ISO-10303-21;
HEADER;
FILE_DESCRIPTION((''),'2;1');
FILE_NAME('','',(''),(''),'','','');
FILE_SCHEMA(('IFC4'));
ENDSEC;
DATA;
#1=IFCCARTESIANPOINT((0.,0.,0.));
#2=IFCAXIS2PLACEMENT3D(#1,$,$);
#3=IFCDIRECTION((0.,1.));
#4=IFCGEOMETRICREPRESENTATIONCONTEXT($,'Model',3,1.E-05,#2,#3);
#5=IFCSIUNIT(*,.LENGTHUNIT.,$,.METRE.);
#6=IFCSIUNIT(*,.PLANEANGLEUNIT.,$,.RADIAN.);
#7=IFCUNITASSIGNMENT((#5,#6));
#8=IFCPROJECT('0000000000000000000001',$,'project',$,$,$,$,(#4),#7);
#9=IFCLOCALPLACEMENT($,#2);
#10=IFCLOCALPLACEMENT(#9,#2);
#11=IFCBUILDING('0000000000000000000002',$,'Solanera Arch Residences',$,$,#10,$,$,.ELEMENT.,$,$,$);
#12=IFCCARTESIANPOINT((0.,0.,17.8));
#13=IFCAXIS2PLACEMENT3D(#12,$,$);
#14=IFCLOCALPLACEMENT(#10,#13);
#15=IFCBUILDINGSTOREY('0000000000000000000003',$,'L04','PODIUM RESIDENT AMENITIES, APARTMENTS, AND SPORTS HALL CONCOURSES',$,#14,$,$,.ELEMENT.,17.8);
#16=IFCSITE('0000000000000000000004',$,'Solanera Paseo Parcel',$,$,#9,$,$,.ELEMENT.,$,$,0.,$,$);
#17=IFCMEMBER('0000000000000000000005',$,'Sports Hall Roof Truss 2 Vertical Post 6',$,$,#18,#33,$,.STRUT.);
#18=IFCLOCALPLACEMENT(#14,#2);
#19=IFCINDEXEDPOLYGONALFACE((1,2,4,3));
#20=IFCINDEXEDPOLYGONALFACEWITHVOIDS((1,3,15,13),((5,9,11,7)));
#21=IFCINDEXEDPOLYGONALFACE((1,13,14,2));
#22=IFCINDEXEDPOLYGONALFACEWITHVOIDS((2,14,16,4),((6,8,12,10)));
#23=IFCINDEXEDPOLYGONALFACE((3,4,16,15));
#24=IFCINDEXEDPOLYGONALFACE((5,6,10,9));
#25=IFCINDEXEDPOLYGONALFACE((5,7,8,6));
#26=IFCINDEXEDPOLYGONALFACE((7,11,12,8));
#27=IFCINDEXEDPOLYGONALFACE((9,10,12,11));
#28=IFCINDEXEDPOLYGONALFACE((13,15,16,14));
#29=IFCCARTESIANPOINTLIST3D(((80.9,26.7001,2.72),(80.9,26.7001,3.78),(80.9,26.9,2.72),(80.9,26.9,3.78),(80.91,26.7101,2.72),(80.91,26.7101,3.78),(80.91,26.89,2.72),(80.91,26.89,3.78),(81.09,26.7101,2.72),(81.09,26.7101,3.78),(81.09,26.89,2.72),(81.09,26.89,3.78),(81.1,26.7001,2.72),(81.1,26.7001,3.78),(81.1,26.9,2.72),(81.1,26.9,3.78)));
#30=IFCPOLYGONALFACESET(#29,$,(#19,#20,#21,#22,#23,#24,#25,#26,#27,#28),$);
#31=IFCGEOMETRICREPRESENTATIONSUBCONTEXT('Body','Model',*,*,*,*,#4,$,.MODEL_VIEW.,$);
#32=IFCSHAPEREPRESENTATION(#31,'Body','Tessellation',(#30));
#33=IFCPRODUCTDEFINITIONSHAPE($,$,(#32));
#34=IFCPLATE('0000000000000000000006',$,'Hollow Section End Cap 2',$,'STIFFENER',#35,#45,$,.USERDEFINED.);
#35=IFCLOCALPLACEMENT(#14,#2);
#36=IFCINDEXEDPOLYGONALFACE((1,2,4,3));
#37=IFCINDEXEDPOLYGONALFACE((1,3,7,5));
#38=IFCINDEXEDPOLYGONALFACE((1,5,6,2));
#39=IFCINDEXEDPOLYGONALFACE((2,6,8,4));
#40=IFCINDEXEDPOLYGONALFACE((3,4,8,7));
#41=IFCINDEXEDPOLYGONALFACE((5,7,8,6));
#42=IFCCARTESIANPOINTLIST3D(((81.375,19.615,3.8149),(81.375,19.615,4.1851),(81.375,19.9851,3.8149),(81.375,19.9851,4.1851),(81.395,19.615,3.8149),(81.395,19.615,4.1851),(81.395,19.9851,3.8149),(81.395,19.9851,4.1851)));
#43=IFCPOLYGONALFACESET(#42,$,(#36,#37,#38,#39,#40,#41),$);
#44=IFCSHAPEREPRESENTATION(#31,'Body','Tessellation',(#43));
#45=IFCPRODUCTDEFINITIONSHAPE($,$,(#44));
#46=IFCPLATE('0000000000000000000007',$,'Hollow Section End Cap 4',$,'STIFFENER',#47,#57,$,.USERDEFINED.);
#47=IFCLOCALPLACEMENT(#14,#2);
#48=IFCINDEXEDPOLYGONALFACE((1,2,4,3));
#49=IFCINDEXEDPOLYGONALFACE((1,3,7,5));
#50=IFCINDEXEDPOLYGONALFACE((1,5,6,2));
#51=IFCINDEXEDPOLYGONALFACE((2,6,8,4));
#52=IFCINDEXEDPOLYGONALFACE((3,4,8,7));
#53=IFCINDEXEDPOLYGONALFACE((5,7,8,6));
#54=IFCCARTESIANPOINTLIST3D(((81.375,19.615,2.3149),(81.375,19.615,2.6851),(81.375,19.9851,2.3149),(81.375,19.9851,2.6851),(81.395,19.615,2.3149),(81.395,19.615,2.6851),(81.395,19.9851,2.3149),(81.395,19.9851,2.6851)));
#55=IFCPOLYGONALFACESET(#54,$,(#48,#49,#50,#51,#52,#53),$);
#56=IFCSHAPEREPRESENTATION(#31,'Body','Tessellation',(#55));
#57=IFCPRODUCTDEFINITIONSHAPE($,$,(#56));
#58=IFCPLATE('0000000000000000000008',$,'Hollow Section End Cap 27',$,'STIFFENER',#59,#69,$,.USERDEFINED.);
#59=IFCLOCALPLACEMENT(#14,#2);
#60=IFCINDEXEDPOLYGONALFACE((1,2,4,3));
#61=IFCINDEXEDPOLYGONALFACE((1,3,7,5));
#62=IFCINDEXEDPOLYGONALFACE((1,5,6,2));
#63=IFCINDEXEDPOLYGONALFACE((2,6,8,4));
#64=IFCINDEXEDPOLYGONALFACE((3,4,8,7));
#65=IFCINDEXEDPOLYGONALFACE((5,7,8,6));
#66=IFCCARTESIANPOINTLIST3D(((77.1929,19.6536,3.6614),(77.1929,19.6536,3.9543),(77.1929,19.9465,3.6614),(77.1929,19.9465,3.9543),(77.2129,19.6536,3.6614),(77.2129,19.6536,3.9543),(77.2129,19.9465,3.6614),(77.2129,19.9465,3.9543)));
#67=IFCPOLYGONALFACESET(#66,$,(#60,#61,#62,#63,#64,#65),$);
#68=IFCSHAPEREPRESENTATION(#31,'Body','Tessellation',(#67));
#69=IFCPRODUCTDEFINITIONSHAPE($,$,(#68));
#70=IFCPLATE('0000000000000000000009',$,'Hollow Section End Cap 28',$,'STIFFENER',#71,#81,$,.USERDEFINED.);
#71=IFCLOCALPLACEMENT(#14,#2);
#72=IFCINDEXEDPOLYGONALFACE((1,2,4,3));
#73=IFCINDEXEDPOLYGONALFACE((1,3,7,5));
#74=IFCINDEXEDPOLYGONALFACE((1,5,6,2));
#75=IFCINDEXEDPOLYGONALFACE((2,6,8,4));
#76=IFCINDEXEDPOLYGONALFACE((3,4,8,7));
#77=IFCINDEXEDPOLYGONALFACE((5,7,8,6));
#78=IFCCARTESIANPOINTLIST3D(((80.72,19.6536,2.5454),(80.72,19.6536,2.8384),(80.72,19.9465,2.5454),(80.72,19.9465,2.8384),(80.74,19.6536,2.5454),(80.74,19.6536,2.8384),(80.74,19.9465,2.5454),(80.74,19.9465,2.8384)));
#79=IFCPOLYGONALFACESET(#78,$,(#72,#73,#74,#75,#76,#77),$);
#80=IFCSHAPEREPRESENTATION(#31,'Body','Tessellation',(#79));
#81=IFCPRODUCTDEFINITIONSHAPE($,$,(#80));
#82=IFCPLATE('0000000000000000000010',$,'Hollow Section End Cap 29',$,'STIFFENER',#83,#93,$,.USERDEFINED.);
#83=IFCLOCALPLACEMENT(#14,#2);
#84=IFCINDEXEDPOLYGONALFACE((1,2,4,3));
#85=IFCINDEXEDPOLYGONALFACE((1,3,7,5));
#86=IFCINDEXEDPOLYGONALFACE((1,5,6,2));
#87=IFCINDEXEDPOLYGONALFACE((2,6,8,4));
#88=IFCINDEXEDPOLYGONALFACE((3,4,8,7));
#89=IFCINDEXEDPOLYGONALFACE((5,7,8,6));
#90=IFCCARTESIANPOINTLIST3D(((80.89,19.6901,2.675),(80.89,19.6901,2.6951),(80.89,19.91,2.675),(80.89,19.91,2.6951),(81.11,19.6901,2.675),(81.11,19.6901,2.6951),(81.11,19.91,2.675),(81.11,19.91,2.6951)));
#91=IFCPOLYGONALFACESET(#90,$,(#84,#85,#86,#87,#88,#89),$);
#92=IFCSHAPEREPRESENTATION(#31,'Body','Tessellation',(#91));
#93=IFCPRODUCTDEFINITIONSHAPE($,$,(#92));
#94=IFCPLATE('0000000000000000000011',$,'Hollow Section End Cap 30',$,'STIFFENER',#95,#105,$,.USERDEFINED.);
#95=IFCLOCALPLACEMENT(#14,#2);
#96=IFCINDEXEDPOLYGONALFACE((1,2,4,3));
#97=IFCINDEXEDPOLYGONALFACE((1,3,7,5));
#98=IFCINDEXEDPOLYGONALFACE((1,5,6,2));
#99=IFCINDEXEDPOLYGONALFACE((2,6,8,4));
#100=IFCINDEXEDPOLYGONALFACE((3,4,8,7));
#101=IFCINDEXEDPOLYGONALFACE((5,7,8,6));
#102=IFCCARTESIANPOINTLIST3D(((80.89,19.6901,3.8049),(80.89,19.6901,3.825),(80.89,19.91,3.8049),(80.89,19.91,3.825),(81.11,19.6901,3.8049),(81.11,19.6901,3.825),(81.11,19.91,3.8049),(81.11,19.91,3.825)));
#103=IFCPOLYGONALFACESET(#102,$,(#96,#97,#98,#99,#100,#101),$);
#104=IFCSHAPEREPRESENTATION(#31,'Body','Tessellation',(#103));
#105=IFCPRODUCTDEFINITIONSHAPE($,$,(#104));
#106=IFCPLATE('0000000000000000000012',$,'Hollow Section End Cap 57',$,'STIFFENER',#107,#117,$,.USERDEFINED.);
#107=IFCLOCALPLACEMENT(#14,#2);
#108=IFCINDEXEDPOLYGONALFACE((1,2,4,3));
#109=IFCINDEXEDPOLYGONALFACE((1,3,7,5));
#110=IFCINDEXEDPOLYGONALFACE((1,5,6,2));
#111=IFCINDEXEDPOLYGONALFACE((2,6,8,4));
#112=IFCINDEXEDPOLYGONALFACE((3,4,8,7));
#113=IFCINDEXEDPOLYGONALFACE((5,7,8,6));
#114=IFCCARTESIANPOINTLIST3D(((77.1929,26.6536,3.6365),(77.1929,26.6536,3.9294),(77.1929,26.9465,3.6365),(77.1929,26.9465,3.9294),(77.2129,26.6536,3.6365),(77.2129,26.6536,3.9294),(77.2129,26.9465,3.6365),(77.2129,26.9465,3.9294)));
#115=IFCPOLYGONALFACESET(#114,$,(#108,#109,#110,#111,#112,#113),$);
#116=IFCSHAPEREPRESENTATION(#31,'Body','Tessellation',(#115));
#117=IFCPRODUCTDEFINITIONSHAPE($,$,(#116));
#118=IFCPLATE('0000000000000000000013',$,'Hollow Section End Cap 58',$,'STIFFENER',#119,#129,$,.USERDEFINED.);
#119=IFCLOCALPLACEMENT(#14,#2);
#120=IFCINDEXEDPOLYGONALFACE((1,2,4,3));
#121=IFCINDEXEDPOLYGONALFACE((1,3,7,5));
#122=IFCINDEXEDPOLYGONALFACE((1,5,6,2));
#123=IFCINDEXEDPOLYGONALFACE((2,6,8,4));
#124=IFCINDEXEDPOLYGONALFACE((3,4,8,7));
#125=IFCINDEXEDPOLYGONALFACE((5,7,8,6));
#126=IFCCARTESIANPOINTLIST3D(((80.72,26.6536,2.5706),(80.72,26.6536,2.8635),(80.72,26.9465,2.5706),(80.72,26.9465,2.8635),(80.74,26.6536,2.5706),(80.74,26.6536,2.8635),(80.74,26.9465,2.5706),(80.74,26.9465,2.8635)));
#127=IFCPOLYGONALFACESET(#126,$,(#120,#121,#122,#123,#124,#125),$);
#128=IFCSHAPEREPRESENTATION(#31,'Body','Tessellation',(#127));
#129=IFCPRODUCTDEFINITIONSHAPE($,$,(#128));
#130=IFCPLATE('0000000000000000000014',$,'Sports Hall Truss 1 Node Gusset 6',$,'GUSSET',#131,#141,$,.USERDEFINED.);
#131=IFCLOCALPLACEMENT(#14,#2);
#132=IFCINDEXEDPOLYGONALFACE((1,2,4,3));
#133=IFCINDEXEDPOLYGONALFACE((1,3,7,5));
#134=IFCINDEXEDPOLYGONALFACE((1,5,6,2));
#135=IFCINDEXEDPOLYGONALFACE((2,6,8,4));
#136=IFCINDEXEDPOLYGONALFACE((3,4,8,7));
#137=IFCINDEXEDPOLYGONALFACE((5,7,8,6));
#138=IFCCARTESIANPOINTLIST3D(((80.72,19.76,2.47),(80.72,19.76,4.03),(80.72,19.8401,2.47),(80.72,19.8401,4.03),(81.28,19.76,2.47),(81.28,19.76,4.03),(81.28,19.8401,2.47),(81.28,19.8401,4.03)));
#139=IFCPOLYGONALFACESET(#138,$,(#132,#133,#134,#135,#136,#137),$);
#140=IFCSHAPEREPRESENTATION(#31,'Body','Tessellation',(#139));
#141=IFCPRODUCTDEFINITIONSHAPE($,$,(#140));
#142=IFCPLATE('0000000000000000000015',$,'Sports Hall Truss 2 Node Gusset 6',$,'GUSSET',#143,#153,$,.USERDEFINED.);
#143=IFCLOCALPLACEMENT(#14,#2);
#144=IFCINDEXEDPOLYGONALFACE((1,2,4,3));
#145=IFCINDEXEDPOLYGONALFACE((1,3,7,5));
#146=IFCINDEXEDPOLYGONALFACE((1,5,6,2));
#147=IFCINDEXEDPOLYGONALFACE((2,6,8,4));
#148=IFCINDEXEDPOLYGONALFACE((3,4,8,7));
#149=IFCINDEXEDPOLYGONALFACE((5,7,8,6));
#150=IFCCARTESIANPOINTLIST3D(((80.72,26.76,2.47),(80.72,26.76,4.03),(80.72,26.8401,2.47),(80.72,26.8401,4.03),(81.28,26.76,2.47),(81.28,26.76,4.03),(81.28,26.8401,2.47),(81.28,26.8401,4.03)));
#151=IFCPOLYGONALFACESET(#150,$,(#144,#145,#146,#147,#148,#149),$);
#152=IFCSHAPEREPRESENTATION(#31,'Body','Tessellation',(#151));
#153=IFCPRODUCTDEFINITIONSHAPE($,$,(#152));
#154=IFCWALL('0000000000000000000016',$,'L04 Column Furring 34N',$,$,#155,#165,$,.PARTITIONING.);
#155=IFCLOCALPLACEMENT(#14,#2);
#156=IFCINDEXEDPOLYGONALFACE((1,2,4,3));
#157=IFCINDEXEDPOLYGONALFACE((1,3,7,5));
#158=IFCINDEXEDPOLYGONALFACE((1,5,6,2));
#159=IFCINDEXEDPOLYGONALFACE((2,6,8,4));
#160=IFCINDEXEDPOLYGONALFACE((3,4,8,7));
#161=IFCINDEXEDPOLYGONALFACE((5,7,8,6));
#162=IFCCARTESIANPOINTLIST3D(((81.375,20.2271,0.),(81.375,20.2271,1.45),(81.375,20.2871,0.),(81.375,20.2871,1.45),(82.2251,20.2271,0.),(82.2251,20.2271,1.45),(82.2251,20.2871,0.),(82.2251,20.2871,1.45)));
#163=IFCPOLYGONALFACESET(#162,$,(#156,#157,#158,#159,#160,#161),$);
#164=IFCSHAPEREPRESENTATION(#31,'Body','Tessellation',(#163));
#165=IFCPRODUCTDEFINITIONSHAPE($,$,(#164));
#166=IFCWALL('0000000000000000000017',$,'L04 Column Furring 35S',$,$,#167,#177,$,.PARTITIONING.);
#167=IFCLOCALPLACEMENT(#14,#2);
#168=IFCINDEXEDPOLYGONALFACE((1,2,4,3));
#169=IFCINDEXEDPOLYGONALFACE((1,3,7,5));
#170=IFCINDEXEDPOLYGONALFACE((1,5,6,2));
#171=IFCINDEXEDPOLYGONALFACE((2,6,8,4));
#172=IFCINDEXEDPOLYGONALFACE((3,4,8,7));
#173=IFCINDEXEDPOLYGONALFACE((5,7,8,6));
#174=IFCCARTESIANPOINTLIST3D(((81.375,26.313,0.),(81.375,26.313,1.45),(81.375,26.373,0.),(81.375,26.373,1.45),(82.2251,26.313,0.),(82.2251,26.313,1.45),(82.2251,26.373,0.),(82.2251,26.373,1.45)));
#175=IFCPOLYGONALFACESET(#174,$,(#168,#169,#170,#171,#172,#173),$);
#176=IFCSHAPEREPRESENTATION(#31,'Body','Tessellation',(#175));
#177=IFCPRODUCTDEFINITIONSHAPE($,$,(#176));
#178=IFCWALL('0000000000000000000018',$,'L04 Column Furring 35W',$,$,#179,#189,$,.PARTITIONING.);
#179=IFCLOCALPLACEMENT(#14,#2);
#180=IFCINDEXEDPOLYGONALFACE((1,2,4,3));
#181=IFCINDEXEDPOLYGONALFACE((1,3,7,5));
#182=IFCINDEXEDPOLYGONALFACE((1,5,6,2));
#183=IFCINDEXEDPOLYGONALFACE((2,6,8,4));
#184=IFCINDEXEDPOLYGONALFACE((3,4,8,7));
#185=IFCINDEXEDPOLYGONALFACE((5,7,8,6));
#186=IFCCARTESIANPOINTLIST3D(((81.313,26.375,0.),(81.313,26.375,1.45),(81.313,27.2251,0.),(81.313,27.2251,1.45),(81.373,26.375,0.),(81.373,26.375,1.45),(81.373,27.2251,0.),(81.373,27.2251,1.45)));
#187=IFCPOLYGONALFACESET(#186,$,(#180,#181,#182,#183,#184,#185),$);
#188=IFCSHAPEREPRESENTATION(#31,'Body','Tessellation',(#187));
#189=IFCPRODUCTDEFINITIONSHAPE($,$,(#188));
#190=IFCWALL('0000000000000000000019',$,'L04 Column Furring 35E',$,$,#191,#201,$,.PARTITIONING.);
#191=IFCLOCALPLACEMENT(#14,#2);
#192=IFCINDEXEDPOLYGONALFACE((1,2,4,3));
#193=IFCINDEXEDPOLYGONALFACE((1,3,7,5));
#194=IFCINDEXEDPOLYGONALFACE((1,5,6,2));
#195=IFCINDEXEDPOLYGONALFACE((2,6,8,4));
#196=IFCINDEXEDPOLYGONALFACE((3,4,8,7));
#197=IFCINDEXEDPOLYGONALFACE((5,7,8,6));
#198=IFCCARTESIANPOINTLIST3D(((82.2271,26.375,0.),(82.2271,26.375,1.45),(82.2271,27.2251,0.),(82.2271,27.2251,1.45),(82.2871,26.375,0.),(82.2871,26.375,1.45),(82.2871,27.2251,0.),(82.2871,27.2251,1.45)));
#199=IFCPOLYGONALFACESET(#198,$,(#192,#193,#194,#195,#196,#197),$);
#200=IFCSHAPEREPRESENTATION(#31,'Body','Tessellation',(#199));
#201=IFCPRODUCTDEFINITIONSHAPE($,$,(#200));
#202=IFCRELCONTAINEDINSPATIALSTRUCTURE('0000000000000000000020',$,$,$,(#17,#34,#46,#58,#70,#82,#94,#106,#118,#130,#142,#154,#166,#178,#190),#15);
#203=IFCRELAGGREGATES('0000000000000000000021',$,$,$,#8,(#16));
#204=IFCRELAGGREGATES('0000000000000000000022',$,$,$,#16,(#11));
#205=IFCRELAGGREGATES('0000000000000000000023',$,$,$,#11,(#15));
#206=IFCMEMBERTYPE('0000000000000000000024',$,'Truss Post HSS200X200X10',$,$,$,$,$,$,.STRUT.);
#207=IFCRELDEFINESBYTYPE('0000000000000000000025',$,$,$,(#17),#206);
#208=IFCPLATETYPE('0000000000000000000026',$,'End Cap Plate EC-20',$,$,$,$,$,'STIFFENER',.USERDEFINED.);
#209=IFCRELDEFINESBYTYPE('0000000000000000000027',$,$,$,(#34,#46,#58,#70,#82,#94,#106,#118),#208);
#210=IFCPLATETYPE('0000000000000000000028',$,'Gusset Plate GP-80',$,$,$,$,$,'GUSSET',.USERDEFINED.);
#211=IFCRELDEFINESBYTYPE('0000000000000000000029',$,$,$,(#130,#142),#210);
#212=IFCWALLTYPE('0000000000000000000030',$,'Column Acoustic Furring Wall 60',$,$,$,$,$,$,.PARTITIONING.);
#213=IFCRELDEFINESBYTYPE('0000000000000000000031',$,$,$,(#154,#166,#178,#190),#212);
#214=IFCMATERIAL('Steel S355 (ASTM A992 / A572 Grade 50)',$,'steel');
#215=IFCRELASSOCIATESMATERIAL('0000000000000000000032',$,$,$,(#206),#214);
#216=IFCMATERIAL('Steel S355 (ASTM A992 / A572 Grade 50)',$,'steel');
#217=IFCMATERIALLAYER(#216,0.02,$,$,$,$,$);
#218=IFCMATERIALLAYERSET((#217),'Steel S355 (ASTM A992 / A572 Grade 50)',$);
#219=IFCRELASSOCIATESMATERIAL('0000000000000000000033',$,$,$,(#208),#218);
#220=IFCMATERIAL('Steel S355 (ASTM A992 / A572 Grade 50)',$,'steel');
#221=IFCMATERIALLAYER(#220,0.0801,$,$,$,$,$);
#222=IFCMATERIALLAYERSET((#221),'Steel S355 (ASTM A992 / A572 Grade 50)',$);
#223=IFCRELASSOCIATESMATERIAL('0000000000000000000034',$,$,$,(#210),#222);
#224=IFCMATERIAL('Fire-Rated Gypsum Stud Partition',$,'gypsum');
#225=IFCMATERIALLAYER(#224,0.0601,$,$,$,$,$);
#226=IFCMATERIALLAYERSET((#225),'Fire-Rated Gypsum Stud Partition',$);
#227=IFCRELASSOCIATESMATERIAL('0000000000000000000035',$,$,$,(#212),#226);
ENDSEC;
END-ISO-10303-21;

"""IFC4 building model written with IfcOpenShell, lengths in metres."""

from ifc_helpers import new_model, si_unit, direction, frame, frame_2d, origin, origin_2d, place, context, subcontext, project, spatial, rectangle, hollow_rectangle, extrude, material, layer, layer_set, material_profile, profile_set, type_object, element, save


model = new_model("IFC4")

# Units and contexts
model_context = context("Model", 3, precision=1e-05, world=origin(), true_north=direction((0.0, 1.0)))
body_context = subcontext(model_context, "Body", "Model", "MODEL_VIEW")
ifc_project = project(units=[si_unit("LENGTHUNIT", "METRE"), si_unit("PLANEANGLEUNIT", "RADIAN")], contexts=[model_context])

# Site, building, storey
site_placement = place(None, origin())
site = spatial("IfcSite", under=ifc_project, at=site_placement, Name="Solanera Paseo Parcel", CompositionType="ELEMENT", RefElevation=0.0)
building_placement = place(site_placement, origin())
building = spatial("IfcBuilding", under=site, at=building_placement, Name="Solanera Arch Residences", CompositionType="ELEMENT")
storey_placement = place(building_placement, frame((0.0, 0.0, 17.8)))
storey = spatial("IfcBuildingStorey", under=building, at=storey_placement, Name="L04", Description="PODIUM RESIDENT AMENITIES, APARTMENTS, AND SPORTS HALL CONCOURSES", CompositionType="ELEMENT", Elevation=17.8)

# Member
ifc_material_1 = material(Name="Steel S355 (ASTM A992 / A572 Grade 50)", Category="steel")
ifc_material_profile_1 = material_profile(ifc_material_1, hollow_rectangle(XDim=0.2, YDim=0.2, WallThickness=0.01, at=origin_2d()))
ifc_profile_set_1 = profile_set([ifc_material_profile_1], Name="Steel S355 (ASTM A992 / A572 Grade 50)")
member_type_1 = type_object("IfcMemberType", Name="Truss Post HSS200X200X10", PredefinedType="STRUT", material=ifc_profile_set_1)
member_1_placement = place(storey_placement, frame((81.0, 26.8, 2.72), z_axis=(0.0, 0.0, 1.0), x_axis=(1.0, 0.0, 0.0)))
element("IfcMember", 1, at=member_1_placement, inside=storey, type_object=member_type_1, Name="Sports Hall Roof Truss 2 Vertical Post 6", PredefinedType="STRUT", context=body_context, shape_type="SweptSolid", body=[
    extrude(hollow_rectangle(XDim=0.2, YDim=0.2, WallThickness=0.01, at=origin_2d()), origin(), (0.0, 0.0, 1.0), 1.0601),
])

# Plates
ifc_material_2 = material(Name="Steel S355 (ASTM A992 / A572 Grade 50)", Category="steel")
ifc_layer_1 = layer(ifc_material_2, 0.02)
ifc_layer_set_1 = layer_set([ifc_layer_1], Name="Steel S355 (ASTM A992 / A572 Grade 50)")
plate_type_1 = type_object("IfcPlateType", Name="End Cap Plate EC-20", ElementType="STIFFENER", PredefinedType="USERDEFINED", material=ifc_layer_set_1)
for number, where, z_axis, x_axis, name in (
    (2, (81.385, 19.8, 3.8149), (0.0, 0.0, 1.0), (1.0, 0.0, 0.0), "Hollow Section End Cap 2"),
    (3, (81.385, 19.8, 2.3149), (0.0, 0.0, 1.0), (1.0, 0.0, 0.0), "Hollow Section End Cap 4"),
):
    element("IfcPlate", number, at=place(storey_placement, frame(where, z_axis=z_axis, x_axis=x_axis)), inside=storey, type_object=plate_type_1, Name=name, ObjectType="STIFFENER", PredefinedType="USERDEFINED", context=body_context, shape_type="SweptSolid", body=[
        extrude(rectangle(XDim=0.02, YDim=0.3701, at=origin_2d()), origin(), (0.0, 0.0, 1.0), 0.3701),
    ])
for number, where, z_axis, x_axis, name in (
    (4, (77.2029, 19.8, 3.6614), (0.0, 0.0, 1.0), (-1.0, 0.0, 0.0), "Hollow Section End Cap 27"),
    (5, (80.73, 19.8, 2.5454), (0.0, 0.0, 1.0), (1.0, 0.0, 0.0), "Hollow Section End Cap 28"),
):
    element("IfcPlate", number, at=place(storey_placement, frame(where, z_axis=z_axis, x_axis=x_axis)), inside=storey, type_object=plate_type_1, Name=name, ObjectType="STIFFENER", PredefinedType="USERDEFINED", context=body_context, shape_type="SweptSolid", body=[
        extrude(rectangle(XDim=0.02, YDim=0.293, at=origin_2d()), origin(), (0.0, 0.0, 1.0), 0.293),
    ])
for number, where, z_axis, x_axis, name in (
    (6, (81.0, 19.8, 2.675), (0.0, 0.0, 1.0), (1.0, 0.0, 0.0), "Hollow Section End Cap 29"),
    (7, (81.0, 19.8, 3.8049), (0.0, 0.0, 1.0), (1.0, 0.0, 0.0), "Hollow Section End Cap 30"),
):
    element("IfcPlate", number, at=place(storey_placement, frame(where, z_axis=z_axis, x_axis=x_axis)), inside=storey, type_object=plate_type_1, Name=name, ObjectType="STIFFENER", PredefinedType="USERDEFINED", context=body_context, shape_type="SweptSolid", body=[
        extrude(rectangle(XDim=0.22, YDim=0.22, at=origin_2d()), origin(), (0.0, 0.0, 1.0), 0.02),
    ])
for number, where, z_axis, x_axis, name in (
    (8, (77.2029, 26.8, 3.6365), (0.0, 0.0, 1.0), (-1.0, 0.0, 0.0), "Hollow Section End Cap 57"),
    (9, (80.73, 26.8, 2.5706), (0.0, 0.0, 1.0), (1.0, 0.0, 0.0), "Hollow Section End Cap 58"),
):
    element("IfcPlate", number, at=place(storey_placement, frame(where, z_axis=z_axis, x_axis=x_axis)), inside=storey, type_object=plate_type_1, Name=name, ObjectType="STIFFENER", PredefinedType="USERDEFINED", context=body_context, shape_type="SweptSolid", body=[
        extrude(rectangle(XDim=0.02, YDim=0.293, at=origin_2d()), origin(), (0.0, 0.0, 1.0), 0.293),
    ])
ifc_material_3 = material(Name="Steel S355 (ASTM A992 / A572 Grade 50)", Category="steel")
ifc_layer_2 = layer(ifc_material_3, 0.0801)
ifc_layer_set_2 = layer_set([ifc_layer_2], Name="Steel S355 (ASTM A992 / A572 Grade 50)")
plate_type_2 = type_object("IfcPlateType", Name="Gusset Plate GP-80", ElementType="GUSSET", PredefinedType="USERDEFINED", material=ifc_layer_set_2)
for number, where, z_axis, x_axis, name in (
    (10, (81.0, 19.8, 2.47), (0.0, 0.0, 1.0), (1.0, 0.0, 0.0), "Sports Hall Truss 1 Node Gusset 6"),
    (11, (81.0, 26.8, 2.47), (0.0, 0.0, 1.0), (1.0, 0.0, 0.0), "Sports Hall Truss 2 Node Gusset 6"),
):
    element("IfcPlate", number, at=place(storey_placement, frame(where, z_axis=z_axis, x_axis=x_axis)), inside=storey, type_object=plate_type_2, Name=name, ObjectType="GUSSET", PredefinedType="USERDEFINED", context=body_context, shape_type="SweptSolid", body=[
        extrude(rectangle(XDim=0.5601, YDim=0.0801, at=origin_2d()), origin(), (0.0, 0.0, 1.0), 1.5601),
    ])

# Walls
ifc_material_4 = material(Name="Fire-Rated Gypsum Stud Partition", Category="gypsum")
ifc_layer_3 = layer(ifc_material_4, 0.0601)
ifc_layer_set_3 = layer_set([ifc_layer_3], Name="Fire-Rated Gypsum Stud Partition")
wall_type_1 = type_object("IfcWallType", Name="Column Acoustic Furring Wall 60", PredefinedType="PARTITIONING", material=ifc_layer_set_3)
for number, where, z_axis, x_axis, name in (
    (12, (81.375, 20.2571, 0.0), (0.0, 0.0, 1.0), (1.0, 0.0, 0.0), "L04 Column Furring 34N"),
    (13, (81.375, 26.343, 0.0), (0.0, 0.0, 1.0), (1.0, 0.0, 0.0), "L04 Column Furring 35S"),
    (14, (81.343, 26.375, 0.0), (0.0, 0.0, 1.0), (0.0, 1.0, 0.0), "L04 Column Furring 35W"),
    (15, (82.2571, 26.375, 0.0), (0.0, 0.0, 1.0), (0.0, 1.0, 0.0), "L04 Column Furring 35E"),
):
    element("IfcWall", number, at=place(storey_placement, frame(where, z_axis=z_axis, x_axis=x_axis)), inside=storey, type_object=wall_type_1, Name=name, PredefinedType="PARTITIONING", context=body_context, shape_type="SweptSolid", body=[
        extrude(rectangle(XDim=0.8501, YDim=0.0601, at=frame_2d((0.425, 0.0))), origin(), (0.0, 0.0, 1.0), 1.45),
    ])

save(model, "model.ifc")
